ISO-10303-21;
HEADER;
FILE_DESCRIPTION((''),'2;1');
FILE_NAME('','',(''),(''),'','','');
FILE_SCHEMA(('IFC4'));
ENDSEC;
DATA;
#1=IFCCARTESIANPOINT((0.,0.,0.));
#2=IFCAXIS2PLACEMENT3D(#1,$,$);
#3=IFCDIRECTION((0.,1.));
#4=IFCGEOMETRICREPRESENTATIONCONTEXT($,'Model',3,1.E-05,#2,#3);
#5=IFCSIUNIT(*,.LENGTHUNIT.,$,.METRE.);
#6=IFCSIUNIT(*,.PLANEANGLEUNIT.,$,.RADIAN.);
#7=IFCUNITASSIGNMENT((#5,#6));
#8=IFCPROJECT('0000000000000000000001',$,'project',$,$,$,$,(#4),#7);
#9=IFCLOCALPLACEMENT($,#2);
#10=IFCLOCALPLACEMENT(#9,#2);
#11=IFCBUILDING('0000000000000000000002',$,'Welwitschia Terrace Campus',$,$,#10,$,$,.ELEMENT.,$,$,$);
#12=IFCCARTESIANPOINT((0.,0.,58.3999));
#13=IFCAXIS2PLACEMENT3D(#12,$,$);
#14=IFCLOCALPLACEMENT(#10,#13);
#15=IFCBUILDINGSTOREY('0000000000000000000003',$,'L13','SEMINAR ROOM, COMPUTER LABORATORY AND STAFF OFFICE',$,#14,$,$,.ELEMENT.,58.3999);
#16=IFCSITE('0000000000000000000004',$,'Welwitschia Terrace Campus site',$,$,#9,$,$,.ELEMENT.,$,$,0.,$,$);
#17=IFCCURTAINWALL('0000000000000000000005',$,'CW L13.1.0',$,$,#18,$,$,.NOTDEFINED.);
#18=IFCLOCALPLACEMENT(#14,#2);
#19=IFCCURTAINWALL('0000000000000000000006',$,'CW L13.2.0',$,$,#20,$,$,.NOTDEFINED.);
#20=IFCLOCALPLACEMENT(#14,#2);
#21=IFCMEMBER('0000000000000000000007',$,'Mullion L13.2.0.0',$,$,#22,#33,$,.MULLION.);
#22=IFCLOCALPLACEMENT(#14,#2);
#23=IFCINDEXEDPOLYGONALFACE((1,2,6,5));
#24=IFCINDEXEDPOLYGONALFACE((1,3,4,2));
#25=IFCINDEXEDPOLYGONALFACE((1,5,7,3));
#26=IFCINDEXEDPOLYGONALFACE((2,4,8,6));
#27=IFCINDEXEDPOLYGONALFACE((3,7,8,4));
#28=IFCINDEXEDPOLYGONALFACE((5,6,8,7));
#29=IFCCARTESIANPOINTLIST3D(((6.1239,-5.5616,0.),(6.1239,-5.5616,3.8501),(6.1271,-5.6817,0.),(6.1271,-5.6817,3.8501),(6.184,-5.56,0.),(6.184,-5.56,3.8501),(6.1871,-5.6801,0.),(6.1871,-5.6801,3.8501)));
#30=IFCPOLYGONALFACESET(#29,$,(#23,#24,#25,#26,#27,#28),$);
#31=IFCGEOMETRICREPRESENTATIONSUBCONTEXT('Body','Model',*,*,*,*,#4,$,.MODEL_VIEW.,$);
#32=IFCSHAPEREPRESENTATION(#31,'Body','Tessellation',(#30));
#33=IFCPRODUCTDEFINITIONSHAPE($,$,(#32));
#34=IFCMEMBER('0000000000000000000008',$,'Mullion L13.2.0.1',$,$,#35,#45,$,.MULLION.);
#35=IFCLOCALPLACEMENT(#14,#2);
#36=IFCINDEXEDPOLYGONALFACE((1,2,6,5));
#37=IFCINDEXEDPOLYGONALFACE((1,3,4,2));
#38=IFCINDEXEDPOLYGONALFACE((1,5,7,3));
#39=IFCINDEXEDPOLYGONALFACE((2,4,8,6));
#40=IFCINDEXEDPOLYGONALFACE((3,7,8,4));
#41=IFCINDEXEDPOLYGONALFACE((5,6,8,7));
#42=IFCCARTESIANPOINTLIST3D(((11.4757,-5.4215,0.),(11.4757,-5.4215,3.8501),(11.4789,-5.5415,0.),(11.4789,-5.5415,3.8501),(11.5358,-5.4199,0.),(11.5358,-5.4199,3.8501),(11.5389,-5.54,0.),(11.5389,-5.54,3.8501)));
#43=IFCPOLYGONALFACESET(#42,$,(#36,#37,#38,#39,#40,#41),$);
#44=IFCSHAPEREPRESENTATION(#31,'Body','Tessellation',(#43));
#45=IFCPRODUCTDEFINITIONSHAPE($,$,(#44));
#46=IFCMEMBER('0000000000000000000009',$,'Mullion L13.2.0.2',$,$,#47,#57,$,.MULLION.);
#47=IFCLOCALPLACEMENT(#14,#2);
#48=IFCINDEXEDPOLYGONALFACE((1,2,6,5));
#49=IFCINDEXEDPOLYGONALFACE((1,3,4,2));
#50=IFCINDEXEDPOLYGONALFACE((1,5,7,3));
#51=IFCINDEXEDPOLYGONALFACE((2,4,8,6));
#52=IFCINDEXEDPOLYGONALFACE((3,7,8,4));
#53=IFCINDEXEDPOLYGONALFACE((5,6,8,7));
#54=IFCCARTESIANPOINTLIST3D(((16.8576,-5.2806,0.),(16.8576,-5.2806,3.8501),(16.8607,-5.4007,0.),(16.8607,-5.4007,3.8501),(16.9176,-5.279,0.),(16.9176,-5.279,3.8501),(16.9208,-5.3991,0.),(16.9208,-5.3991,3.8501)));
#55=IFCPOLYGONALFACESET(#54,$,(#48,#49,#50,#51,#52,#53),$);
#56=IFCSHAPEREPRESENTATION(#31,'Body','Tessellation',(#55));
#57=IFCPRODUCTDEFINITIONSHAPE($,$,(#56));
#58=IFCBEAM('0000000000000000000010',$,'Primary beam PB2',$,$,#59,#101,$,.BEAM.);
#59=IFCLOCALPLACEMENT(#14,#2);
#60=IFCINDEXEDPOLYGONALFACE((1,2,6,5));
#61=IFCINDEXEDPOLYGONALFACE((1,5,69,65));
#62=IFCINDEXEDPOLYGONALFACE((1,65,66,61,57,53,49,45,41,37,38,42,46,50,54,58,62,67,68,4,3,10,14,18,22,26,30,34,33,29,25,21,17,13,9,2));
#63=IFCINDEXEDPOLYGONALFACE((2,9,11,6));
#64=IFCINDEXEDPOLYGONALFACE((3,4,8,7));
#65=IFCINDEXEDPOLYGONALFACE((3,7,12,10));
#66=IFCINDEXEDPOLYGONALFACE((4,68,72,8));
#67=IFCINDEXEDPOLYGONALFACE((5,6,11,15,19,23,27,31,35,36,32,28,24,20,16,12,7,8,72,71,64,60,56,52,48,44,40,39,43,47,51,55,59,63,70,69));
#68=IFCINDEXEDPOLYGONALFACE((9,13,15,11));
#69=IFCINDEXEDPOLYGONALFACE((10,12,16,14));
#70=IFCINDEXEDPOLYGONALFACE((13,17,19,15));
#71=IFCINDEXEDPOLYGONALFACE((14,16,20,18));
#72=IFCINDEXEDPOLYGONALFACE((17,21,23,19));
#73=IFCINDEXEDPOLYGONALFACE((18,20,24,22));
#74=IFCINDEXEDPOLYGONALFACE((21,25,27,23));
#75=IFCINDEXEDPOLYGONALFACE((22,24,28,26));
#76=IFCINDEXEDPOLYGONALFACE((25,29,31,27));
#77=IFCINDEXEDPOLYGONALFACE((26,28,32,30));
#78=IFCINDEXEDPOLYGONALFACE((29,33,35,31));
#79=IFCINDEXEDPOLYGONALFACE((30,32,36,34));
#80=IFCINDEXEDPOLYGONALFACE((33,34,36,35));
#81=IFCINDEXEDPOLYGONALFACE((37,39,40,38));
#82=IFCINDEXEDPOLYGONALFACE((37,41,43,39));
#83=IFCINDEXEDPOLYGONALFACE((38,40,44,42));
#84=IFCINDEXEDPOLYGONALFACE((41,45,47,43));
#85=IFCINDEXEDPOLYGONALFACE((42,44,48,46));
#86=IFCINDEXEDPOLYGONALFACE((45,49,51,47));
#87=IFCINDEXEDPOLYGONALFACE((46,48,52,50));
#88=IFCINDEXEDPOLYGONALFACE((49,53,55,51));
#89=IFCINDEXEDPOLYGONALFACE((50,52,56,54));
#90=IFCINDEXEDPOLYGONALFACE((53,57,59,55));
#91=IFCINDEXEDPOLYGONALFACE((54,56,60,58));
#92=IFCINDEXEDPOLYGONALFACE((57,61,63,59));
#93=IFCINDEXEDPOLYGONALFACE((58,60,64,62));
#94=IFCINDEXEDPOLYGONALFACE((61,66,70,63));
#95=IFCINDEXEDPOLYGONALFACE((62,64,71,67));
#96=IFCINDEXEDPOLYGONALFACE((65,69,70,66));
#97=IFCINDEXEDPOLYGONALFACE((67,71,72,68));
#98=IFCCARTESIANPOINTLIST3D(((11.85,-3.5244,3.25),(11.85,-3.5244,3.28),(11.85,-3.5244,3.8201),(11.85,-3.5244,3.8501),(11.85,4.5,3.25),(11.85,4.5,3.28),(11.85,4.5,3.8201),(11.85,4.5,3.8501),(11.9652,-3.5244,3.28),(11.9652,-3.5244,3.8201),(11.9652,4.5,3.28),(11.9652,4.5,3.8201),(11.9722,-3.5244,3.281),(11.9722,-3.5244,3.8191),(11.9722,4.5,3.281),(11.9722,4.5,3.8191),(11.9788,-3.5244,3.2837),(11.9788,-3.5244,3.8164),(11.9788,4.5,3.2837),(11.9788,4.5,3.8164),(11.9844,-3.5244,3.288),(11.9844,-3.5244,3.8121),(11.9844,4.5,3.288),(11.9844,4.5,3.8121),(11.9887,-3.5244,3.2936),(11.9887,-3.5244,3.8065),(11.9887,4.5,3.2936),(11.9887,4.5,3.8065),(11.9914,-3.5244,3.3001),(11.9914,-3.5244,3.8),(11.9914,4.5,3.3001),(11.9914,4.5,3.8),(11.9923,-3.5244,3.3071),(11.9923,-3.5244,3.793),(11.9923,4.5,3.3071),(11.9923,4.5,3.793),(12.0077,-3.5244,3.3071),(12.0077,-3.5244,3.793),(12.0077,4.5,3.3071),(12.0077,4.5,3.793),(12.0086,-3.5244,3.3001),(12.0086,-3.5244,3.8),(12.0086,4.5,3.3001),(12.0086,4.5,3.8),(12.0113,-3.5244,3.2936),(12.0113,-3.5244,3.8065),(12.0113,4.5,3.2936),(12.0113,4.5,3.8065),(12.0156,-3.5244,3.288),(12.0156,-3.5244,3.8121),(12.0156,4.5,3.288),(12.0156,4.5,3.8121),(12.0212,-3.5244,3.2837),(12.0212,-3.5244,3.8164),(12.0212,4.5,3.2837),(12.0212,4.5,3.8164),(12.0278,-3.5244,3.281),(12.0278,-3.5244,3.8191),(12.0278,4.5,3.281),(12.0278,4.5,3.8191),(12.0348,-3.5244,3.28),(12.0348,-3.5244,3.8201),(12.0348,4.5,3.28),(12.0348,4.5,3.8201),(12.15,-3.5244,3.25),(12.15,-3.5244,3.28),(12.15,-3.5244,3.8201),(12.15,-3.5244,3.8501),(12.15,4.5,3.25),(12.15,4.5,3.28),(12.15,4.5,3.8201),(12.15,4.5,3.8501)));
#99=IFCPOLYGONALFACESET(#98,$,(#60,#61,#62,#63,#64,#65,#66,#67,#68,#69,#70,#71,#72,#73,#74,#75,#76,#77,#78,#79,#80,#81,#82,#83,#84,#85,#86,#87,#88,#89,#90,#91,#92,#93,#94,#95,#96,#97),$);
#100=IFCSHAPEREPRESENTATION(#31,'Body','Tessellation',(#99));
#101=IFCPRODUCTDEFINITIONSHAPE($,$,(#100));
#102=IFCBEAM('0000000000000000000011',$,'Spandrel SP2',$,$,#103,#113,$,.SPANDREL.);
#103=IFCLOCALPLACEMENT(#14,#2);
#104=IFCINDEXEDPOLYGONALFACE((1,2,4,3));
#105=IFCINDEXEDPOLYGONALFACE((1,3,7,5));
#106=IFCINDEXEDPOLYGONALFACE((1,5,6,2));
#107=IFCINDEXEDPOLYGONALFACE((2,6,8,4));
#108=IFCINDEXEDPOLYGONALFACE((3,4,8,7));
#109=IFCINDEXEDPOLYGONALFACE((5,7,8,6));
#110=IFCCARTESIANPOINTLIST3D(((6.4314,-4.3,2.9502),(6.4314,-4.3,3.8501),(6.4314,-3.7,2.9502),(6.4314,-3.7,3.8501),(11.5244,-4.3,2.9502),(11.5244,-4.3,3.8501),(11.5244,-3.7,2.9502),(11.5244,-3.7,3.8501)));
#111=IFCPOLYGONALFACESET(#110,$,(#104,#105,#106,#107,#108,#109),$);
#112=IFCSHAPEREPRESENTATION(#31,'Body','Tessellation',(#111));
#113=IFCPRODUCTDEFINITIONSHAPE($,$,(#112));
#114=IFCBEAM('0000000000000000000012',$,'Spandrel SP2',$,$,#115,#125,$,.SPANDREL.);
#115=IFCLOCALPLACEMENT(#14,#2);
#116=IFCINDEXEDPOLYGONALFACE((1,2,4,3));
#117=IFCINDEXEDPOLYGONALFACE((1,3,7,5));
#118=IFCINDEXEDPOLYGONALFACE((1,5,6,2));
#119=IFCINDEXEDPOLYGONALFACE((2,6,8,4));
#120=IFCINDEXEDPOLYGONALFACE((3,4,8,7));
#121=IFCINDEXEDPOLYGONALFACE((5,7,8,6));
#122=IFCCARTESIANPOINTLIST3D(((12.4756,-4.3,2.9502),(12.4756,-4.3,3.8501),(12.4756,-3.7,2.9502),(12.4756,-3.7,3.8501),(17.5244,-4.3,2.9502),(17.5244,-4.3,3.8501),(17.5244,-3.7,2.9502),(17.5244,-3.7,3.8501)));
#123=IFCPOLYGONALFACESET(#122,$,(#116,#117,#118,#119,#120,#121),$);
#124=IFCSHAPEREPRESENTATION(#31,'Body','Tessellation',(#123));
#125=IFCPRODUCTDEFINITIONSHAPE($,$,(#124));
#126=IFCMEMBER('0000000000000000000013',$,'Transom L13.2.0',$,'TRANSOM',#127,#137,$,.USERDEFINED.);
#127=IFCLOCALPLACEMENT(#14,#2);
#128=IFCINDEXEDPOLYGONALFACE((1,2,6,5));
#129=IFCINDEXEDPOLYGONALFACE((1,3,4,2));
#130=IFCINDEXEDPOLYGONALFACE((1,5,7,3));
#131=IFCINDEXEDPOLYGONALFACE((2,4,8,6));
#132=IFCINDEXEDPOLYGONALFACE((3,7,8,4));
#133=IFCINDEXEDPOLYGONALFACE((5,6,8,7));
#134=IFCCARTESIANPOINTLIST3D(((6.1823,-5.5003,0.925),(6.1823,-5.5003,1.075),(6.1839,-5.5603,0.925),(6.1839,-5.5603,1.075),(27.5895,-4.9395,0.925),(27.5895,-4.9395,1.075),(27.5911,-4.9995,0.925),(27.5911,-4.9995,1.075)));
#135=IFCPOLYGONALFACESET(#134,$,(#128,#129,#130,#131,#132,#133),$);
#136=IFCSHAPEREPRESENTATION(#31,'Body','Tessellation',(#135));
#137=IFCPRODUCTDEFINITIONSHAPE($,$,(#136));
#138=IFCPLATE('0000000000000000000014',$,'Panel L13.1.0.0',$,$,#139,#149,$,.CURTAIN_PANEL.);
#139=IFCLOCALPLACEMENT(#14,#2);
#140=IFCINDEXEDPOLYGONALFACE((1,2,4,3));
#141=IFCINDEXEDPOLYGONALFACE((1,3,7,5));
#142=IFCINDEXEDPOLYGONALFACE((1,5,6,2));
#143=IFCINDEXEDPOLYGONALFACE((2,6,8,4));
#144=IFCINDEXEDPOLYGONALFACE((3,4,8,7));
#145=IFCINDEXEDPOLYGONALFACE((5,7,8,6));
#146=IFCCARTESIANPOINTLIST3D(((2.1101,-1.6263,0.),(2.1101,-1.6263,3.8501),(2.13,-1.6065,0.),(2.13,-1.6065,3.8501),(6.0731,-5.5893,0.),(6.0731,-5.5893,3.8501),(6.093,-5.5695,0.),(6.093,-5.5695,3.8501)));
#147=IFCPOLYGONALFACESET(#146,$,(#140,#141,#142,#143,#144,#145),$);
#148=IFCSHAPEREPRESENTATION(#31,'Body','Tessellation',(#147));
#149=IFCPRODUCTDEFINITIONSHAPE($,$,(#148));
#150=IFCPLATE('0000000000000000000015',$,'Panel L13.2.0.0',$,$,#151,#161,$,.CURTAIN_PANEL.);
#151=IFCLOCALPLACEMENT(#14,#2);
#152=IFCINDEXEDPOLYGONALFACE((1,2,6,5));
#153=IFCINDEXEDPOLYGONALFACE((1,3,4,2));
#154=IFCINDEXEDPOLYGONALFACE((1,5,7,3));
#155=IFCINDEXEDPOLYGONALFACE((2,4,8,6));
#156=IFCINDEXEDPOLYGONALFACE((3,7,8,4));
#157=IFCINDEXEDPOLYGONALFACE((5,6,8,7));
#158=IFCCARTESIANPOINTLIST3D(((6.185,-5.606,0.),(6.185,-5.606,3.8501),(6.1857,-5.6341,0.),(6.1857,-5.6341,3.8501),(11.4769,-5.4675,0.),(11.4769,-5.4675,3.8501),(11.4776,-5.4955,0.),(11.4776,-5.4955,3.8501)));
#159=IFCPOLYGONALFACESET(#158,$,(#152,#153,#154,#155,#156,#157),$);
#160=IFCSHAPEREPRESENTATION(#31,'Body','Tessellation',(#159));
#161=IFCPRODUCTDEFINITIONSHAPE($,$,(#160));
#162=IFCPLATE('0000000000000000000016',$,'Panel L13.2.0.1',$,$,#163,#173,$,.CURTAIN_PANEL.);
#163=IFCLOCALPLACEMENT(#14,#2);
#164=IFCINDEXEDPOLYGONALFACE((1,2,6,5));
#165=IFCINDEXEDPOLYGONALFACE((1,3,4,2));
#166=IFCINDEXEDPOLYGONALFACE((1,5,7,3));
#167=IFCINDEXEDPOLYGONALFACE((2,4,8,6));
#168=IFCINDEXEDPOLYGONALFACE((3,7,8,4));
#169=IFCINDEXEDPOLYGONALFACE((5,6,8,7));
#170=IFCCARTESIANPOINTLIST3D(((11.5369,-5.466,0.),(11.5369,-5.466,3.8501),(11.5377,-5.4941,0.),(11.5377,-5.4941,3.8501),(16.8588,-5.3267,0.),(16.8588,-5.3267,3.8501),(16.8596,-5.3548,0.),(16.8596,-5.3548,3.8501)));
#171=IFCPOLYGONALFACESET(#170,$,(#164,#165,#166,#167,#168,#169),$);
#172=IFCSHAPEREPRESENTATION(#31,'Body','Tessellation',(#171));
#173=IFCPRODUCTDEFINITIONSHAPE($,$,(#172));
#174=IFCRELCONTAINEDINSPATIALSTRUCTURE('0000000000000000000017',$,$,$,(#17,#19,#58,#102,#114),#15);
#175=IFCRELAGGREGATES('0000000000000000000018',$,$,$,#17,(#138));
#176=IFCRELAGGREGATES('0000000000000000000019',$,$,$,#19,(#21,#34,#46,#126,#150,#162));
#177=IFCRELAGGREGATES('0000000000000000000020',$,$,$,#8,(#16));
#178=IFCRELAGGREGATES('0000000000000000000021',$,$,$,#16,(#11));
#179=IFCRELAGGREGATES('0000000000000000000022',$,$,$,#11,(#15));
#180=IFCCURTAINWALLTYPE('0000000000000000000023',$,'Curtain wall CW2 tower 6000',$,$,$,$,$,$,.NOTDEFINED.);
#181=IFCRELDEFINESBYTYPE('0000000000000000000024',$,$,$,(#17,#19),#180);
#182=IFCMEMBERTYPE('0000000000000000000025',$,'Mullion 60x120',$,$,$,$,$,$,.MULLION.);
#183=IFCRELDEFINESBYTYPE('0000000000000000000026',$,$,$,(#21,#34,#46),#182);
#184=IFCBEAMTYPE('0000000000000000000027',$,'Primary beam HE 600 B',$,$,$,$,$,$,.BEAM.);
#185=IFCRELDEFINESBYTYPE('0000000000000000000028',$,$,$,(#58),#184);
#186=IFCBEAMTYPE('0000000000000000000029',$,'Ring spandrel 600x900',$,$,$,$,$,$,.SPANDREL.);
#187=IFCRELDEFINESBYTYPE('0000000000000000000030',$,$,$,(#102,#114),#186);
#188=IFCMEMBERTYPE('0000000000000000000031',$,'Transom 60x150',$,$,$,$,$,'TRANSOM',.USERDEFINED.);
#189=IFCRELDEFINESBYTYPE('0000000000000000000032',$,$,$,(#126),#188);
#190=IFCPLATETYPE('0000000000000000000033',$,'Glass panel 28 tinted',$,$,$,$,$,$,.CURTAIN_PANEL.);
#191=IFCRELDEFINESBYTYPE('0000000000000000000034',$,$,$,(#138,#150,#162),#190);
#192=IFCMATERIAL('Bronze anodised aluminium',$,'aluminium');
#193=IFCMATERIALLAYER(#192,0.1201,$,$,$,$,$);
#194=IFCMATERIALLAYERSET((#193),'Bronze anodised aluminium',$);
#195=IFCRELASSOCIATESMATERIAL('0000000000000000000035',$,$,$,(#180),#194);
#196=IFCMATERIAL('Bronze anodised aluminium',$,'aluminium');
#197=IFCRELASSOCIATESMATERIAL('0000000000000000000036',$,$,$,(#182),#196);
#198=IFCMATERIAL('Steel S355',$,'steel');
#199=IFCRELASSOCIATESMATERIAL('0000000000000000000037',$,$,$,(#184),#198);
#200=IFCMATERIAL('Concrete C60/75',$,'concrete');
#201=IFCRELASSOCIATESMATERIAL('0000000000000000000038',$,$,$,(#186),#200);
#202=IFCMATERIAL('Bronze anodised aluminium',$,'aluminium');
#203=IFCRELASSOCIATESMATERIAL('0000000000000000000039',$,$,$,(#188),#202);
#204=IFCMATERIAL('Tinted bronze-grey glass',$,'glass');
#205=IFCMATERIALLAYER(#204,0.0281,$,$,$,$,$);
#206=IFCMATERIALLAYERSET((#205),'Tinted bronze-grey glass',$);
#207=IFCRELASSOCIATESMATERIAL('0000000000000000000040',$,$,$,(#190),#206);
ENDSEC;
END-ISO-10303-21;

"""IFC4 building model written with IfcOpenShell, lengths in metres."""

from ifc_helpers import new_model, si_unit, direction, frame, origin, origin_2d, place, context, subcontext, project, spatial, rectangle, i_section, extrude, material, layer, layer_set, material_profile, profile_set, type_object, element, aggregate, save


model = new_model("IFC4")

# Units and contexts
model_context = context("Model", 3, precision=1e-05, world=origin(), true_north=direction((0.0, 1.0)))
body_context = subcontext(model_context, "Body", "Model", "MODEL_VIEW")
ifc_project = project(units=[si_unit("LENGTHUNIT", "METRE"), si_unit("PLANEANGLEUNIT", "RADIAN")], contexts=[model_context])

# Site, building, storey
site_placement = place(None, origin())
site = spatial("IfcSite", under=ifc_project, at=site_placement, Name="Welwitschia Terrace Campus site", CompositionType="ELEMENT", RefElevation=0.0)
building_placement = place(site_placement, origin())
building = spatial("IfcBuilding", under=site, at=building_placement, Name="Welwitschia Terrace Campus", CompositionType="ELEMENT")
storey_placement = place(building_placement, frame((0.0, 0.0, 58.3999)))
storey = spatial("IfcBuildingStorey", under=building, at=storey_placement, Name="L13", Description="SEMINAR ROOM, COMPUTER LABORATORY AND STAFF OFFICE", CompositionType="ELEMENT", Elevation=58.3999)

# Curtain wall
ifc_material_1 = material(Name="Bronze anodised aluminium", Category="aluminium")
ifc_layer_1 = layer(ifc_material_1, 0.1201)
ifc_layer_set_1 = layer_set([ifc_layer_1], Name="Bronze anodised aluminium")
curtain_wall_type = type_object("IfcCurtainWallType", Name="Curtain wall CW2 tower 6000", PredefinedType="NOTDEFINED", material=ifc_layer_set_1)
curtain_wall_1_placement = place(storey_placement, origin())
curtain_wall_1 = element("IfcCurtainWall", 1, at=curtain_wall_1_placement, inside=storey, type_object=curtain_wall_type, Name="CW L13.1.0", PredefinedType="NOTDEFINED")
ifc_material_2 = material(Name="Bronze anodised aluminium", Category="aluminium")
ifc_material_profile_1 = material_profile(ifc_material_2, rectangle(XDim=0.1201, YDim=0.0601, at=origin_2d()))
ifc_profile_set_1 = profile_set([ifc_material_profile_1], Name="Bronze anodised aluminium")
member_type_1 = type_object("IfcMemberType", Name="Mullion 60x120", PredefinedType="MULLION", material=ifc_profile_set_1)

# Curtain wall, members
curtain_wall_2_placement = place(storey_placement, origin())
curtain_wall_2 = element("IfcCurtainWall", 2, at=curtain_wall_2_placement, inside=storey, type_object=curtain_wall_type, Name="CW L13.2.0", PredefinedType="NOTDEFINED")
member_1_placement = place(storey_placement, frame((6.1555, -5.6208, 0.0), z_axis=(0.0, 0.0, 1.0), x_axis=(-0.026177, 0.999657, 0.0)))
member_1 = element("IfcMember", 3, at=member_1_placement, type_object=member_type_1, Name="Mullion L13.2.0.0", PredefinedType="MULLION", context=body_context, shape_type="SweptSolid", body=[
    extrude(rectangle(XDim=0.1201, YDim=0.0601, at=origin_2d()), origin(), (0.0, 0.0, 1.0), 3.8501),
])
member_2_placement = place(storey_placement, frame((11.5073, -5.4807, 0.0), z_axis=(0.0, 0.0, 1.0), x_axis=(-0.026177, 0.999657, 0.0)))
member_2 = element("IfcMember", 4, at=member_2_placement, type_object=member_type_1, Name="Mullion L13.2.0.1", PredefinedType="MULLION", context=body_context, shape_type="SweptSolid", body=[
    extrude(rectangle(XDim=0.1201, YDim=0.0601, at=origin_2d()), origin(), (0.0, 0.0, 1.0), 3.8501),
])
member_3_placement = place(storey_placement, frame((16.8892, -5.3398, 0.0), z_axis=(0.0, 0.0, 1.0), x_axis=(-0.026177, 0.999657, 0.0)))
member_3 = element("IfcMember", 5, at=member_3_placement, type_object=member_type_1, Name="Mullion L13.2.0.2", PredefinedType="MULLION", context=body_context, shape_type="SweptSolid", body=[
    extrude(rectangle(XDim=0.1201, YDim=0.0601, at=origin_2d()), origin(), (0.0, 0.0, 1.0), 3.8501),
])

# Beams
ifc_material_3 = material(Name="Steel S355", Category="steel")
ifc_material_profile_2 = material_profile(ifc_material_3, i_section(OverallWidth=0.3, OverallDepth=0.6001, WebThickness=0.0154, FlangeThickness=0.03, FilletRadius=0.0271, at=origin_2d()))
ifc_profile_set_2 = profile_set([ifc_material_profile_2], Name="Steel S355")
beam_type_1 = type_object("IfcBeamType", Name="Primary beam HE 600 B", PredefinedType="BEAM", material=ifc_profile_set_2)
beam_1_placement = place(storey_placement, frame((12.0, -3.5244, 3.55), z_axis=(0.0, 1.0, 0.0), x_axis=(-1.0, 0.0, 0.0)))
element("IfcBeam", 6, at=beam_1_placement, inside=storey, type_object=beam_type_1, Name="Primary beam PB2", PredefinedType="BEAM", context=body_context, shape_type="SweptSolid", body=[
    extrude(i_section(OverallWidth=0.3, OverallDepth=0.6001, WebThickness=0.0154, FlangeThickness=0.03, FilletRadius=0.0271, at=origin_2d()), origin(), (0.0, 0.0, 1.0), 8.0244),
])
ifc_material_4 = material(Name="Concrete C60/75", Category="concrete")
ifc_material_profile_3 = material_profile(ifc_material_4, rectangle(XDim=0.6001, YDim=0.8999, at=origin_2d()))
ifc_profile_set_3 = profile_set([ifc_material_profile_3], Name="Concrete C60/75")
beam_type_2 = type_object("IfcBeamType", Name="Ring spandrel 600x900", PredefinedType="SPANDREL", material=ifc_profile_set_3)
beam_2_placement = place(storey_placement, frame((6.4314, -4.0, 3.4001), z_axis=(1.0, 0.0, 0.0), x_axis=(0.0, 1.0, 0.0)))
element("IfcBeam", 7, at=beam_2_placement, inside=storey, type_object=beam_type_2, Name="Spandrel SP2", PredefinedType="SPANDREL", context=body_context, shape_type="SweptSolid", body=[
    extrude(rectangle(XDim=0.6001, YDim=0.8999, at=origin_2d()), origin(), (0.0, 0.0, 1.0), 5.093),
])
beam_3_placement = place(storey_placement, frame((12.4756, -4.0, 3.4001), z_axis=(1.0, 0.0, 0.0), x_axis=(0.0, 1.0, 0.0)))
element("IfcBeam", 8, at=beam_3_placement, inside=storey, type_object=beam_type_2, Name="Spandrel SP2", PredefinedType="SPANDREL", context=body_context, shape_type="SweptSolid", body=[
    extrude(rectangle(XDim=0.6001, YDim=0.8999, at=origin_2d()), origin(), (0.0, 0.0, 1.0), 5.0488),
])

# Member
ifc_material_5 = material(Name="Bronze anodised aluminium", Category="aluminium")
ifc_material_profile_4 = material_profile(ifc_material_5, rectangle(XDim=0.0601, YDim=0.1499, at=origin_2d()))
ifc_profile_set_4 = profile_set([ifc_material_profile_4], Name="Bronze anodised aluminium")
member_type_2 = type_object("IfcMemberType", Name="Transom 60x150", ElementType="TRANSOM", PredefinedType="USERDEFINED", material=ifc_profile_set_4)
member_4_placement = place(storey_placement, frame((6.1831, -5.5303, 1.0), z_axis=(0.999657, 0.026187, 0.0), x_axis=(-0.026187, 0.999657, 0.0)))
member_4 = element("IfcMember", 9, at=member_4_placement, type_object=member_type_2, Name="Transom L13.2.0", ObjectType="TRANSOM", PredefinedType="USERDEFINED", context=body_context, shape_type="SweptSolid", body=[
    extrude(rectangle(XDim=0.0601, YDim=0.1499, at=origin_2d()), origin(), (0.0, 0.0, 1.0), 21.4146),
])

# Plates
ifc_material_6 = material(Name="Tinted bronze-grey glass", Category="glass")
ifc_layer_2 = layer(ifc_material_6, 0.0281)
ifc_layer_set_2 = layer_set([ifc_layer_2], Name="Tinted bronze-grey glass")
plate_type = type_object("IfcPlateType", Name="Glass panel 28 tinted", PredefinedType="CURTAIN_PANEL", material=ifc_layer_set_2)
plate_1_placement = place(storey_placement, frame((4.1016, -3.5979, 0.0), z_axis=(0.0, 0.0, 1.0), x_axis=(0.707107, -0.707107, 0.0)))
plate_1 = element("IfcPlate", 10, at=plate_1_placement, type_object=plate_type, Name="Panel L13.1.0.0", PredefinedType="CURTAIN_PANEL", context=body_context, shape_type="SweptSolid", body=[
    extrude(rectangle(XDim=5.6045, YDim=0.0281, at=origin_2d()), origin(), (0.0, 0.0, 1.0), 3.8501),
])
aggregate(curtain_wall_1, [plate_1])
plate_2_placement = place(storey_placement, frame((8.8313, -5.5508, 0.0), z_axis=(0.0, 0.0, 1.0), x_axis=(0.999657, 0.026177, 0.0)))
plate_2 = element("IfcPlate", 11, at=plate_2_placement, type_object=plate_type, Name="Panel L13.2.0.0", PredefinedType="CURTAIN_PANEL", context=body_context, shape_type="SweptSolid", body=[
    extrude(rectangle(XDim=5.2937, YDim=0.0281, at=origin_2d()), origin(), (0.0, 0.0, 1.0), 3.8501),
])
plate_3_placement = place(storey_placement, frame((14.1982, -5.4104, 0.0), z_axis=(0.0, 0.0, 1.0), x_axis=(0.999657, 0.026177, 0.0)))
plate_3 = element("IfcPlate", 12, at=plate_3_placement, type_object=plate_type, Name="Panel L13.2.0.1", PredefinedType="CURTAIN_PANEL", context=body_context, shape_type="SweptSolid", body=[
    extrude(rectangle(XDim=5.3237, YDim=0.0281, at=origin_2d()), origin(), (0.0, 0.0, 1.0), 3.8501),
])
aggregate(curtain_wall_2, [member_1, member_2, member_3, member_4, plate_2, plate_3])

save(model, "model.ifc")
